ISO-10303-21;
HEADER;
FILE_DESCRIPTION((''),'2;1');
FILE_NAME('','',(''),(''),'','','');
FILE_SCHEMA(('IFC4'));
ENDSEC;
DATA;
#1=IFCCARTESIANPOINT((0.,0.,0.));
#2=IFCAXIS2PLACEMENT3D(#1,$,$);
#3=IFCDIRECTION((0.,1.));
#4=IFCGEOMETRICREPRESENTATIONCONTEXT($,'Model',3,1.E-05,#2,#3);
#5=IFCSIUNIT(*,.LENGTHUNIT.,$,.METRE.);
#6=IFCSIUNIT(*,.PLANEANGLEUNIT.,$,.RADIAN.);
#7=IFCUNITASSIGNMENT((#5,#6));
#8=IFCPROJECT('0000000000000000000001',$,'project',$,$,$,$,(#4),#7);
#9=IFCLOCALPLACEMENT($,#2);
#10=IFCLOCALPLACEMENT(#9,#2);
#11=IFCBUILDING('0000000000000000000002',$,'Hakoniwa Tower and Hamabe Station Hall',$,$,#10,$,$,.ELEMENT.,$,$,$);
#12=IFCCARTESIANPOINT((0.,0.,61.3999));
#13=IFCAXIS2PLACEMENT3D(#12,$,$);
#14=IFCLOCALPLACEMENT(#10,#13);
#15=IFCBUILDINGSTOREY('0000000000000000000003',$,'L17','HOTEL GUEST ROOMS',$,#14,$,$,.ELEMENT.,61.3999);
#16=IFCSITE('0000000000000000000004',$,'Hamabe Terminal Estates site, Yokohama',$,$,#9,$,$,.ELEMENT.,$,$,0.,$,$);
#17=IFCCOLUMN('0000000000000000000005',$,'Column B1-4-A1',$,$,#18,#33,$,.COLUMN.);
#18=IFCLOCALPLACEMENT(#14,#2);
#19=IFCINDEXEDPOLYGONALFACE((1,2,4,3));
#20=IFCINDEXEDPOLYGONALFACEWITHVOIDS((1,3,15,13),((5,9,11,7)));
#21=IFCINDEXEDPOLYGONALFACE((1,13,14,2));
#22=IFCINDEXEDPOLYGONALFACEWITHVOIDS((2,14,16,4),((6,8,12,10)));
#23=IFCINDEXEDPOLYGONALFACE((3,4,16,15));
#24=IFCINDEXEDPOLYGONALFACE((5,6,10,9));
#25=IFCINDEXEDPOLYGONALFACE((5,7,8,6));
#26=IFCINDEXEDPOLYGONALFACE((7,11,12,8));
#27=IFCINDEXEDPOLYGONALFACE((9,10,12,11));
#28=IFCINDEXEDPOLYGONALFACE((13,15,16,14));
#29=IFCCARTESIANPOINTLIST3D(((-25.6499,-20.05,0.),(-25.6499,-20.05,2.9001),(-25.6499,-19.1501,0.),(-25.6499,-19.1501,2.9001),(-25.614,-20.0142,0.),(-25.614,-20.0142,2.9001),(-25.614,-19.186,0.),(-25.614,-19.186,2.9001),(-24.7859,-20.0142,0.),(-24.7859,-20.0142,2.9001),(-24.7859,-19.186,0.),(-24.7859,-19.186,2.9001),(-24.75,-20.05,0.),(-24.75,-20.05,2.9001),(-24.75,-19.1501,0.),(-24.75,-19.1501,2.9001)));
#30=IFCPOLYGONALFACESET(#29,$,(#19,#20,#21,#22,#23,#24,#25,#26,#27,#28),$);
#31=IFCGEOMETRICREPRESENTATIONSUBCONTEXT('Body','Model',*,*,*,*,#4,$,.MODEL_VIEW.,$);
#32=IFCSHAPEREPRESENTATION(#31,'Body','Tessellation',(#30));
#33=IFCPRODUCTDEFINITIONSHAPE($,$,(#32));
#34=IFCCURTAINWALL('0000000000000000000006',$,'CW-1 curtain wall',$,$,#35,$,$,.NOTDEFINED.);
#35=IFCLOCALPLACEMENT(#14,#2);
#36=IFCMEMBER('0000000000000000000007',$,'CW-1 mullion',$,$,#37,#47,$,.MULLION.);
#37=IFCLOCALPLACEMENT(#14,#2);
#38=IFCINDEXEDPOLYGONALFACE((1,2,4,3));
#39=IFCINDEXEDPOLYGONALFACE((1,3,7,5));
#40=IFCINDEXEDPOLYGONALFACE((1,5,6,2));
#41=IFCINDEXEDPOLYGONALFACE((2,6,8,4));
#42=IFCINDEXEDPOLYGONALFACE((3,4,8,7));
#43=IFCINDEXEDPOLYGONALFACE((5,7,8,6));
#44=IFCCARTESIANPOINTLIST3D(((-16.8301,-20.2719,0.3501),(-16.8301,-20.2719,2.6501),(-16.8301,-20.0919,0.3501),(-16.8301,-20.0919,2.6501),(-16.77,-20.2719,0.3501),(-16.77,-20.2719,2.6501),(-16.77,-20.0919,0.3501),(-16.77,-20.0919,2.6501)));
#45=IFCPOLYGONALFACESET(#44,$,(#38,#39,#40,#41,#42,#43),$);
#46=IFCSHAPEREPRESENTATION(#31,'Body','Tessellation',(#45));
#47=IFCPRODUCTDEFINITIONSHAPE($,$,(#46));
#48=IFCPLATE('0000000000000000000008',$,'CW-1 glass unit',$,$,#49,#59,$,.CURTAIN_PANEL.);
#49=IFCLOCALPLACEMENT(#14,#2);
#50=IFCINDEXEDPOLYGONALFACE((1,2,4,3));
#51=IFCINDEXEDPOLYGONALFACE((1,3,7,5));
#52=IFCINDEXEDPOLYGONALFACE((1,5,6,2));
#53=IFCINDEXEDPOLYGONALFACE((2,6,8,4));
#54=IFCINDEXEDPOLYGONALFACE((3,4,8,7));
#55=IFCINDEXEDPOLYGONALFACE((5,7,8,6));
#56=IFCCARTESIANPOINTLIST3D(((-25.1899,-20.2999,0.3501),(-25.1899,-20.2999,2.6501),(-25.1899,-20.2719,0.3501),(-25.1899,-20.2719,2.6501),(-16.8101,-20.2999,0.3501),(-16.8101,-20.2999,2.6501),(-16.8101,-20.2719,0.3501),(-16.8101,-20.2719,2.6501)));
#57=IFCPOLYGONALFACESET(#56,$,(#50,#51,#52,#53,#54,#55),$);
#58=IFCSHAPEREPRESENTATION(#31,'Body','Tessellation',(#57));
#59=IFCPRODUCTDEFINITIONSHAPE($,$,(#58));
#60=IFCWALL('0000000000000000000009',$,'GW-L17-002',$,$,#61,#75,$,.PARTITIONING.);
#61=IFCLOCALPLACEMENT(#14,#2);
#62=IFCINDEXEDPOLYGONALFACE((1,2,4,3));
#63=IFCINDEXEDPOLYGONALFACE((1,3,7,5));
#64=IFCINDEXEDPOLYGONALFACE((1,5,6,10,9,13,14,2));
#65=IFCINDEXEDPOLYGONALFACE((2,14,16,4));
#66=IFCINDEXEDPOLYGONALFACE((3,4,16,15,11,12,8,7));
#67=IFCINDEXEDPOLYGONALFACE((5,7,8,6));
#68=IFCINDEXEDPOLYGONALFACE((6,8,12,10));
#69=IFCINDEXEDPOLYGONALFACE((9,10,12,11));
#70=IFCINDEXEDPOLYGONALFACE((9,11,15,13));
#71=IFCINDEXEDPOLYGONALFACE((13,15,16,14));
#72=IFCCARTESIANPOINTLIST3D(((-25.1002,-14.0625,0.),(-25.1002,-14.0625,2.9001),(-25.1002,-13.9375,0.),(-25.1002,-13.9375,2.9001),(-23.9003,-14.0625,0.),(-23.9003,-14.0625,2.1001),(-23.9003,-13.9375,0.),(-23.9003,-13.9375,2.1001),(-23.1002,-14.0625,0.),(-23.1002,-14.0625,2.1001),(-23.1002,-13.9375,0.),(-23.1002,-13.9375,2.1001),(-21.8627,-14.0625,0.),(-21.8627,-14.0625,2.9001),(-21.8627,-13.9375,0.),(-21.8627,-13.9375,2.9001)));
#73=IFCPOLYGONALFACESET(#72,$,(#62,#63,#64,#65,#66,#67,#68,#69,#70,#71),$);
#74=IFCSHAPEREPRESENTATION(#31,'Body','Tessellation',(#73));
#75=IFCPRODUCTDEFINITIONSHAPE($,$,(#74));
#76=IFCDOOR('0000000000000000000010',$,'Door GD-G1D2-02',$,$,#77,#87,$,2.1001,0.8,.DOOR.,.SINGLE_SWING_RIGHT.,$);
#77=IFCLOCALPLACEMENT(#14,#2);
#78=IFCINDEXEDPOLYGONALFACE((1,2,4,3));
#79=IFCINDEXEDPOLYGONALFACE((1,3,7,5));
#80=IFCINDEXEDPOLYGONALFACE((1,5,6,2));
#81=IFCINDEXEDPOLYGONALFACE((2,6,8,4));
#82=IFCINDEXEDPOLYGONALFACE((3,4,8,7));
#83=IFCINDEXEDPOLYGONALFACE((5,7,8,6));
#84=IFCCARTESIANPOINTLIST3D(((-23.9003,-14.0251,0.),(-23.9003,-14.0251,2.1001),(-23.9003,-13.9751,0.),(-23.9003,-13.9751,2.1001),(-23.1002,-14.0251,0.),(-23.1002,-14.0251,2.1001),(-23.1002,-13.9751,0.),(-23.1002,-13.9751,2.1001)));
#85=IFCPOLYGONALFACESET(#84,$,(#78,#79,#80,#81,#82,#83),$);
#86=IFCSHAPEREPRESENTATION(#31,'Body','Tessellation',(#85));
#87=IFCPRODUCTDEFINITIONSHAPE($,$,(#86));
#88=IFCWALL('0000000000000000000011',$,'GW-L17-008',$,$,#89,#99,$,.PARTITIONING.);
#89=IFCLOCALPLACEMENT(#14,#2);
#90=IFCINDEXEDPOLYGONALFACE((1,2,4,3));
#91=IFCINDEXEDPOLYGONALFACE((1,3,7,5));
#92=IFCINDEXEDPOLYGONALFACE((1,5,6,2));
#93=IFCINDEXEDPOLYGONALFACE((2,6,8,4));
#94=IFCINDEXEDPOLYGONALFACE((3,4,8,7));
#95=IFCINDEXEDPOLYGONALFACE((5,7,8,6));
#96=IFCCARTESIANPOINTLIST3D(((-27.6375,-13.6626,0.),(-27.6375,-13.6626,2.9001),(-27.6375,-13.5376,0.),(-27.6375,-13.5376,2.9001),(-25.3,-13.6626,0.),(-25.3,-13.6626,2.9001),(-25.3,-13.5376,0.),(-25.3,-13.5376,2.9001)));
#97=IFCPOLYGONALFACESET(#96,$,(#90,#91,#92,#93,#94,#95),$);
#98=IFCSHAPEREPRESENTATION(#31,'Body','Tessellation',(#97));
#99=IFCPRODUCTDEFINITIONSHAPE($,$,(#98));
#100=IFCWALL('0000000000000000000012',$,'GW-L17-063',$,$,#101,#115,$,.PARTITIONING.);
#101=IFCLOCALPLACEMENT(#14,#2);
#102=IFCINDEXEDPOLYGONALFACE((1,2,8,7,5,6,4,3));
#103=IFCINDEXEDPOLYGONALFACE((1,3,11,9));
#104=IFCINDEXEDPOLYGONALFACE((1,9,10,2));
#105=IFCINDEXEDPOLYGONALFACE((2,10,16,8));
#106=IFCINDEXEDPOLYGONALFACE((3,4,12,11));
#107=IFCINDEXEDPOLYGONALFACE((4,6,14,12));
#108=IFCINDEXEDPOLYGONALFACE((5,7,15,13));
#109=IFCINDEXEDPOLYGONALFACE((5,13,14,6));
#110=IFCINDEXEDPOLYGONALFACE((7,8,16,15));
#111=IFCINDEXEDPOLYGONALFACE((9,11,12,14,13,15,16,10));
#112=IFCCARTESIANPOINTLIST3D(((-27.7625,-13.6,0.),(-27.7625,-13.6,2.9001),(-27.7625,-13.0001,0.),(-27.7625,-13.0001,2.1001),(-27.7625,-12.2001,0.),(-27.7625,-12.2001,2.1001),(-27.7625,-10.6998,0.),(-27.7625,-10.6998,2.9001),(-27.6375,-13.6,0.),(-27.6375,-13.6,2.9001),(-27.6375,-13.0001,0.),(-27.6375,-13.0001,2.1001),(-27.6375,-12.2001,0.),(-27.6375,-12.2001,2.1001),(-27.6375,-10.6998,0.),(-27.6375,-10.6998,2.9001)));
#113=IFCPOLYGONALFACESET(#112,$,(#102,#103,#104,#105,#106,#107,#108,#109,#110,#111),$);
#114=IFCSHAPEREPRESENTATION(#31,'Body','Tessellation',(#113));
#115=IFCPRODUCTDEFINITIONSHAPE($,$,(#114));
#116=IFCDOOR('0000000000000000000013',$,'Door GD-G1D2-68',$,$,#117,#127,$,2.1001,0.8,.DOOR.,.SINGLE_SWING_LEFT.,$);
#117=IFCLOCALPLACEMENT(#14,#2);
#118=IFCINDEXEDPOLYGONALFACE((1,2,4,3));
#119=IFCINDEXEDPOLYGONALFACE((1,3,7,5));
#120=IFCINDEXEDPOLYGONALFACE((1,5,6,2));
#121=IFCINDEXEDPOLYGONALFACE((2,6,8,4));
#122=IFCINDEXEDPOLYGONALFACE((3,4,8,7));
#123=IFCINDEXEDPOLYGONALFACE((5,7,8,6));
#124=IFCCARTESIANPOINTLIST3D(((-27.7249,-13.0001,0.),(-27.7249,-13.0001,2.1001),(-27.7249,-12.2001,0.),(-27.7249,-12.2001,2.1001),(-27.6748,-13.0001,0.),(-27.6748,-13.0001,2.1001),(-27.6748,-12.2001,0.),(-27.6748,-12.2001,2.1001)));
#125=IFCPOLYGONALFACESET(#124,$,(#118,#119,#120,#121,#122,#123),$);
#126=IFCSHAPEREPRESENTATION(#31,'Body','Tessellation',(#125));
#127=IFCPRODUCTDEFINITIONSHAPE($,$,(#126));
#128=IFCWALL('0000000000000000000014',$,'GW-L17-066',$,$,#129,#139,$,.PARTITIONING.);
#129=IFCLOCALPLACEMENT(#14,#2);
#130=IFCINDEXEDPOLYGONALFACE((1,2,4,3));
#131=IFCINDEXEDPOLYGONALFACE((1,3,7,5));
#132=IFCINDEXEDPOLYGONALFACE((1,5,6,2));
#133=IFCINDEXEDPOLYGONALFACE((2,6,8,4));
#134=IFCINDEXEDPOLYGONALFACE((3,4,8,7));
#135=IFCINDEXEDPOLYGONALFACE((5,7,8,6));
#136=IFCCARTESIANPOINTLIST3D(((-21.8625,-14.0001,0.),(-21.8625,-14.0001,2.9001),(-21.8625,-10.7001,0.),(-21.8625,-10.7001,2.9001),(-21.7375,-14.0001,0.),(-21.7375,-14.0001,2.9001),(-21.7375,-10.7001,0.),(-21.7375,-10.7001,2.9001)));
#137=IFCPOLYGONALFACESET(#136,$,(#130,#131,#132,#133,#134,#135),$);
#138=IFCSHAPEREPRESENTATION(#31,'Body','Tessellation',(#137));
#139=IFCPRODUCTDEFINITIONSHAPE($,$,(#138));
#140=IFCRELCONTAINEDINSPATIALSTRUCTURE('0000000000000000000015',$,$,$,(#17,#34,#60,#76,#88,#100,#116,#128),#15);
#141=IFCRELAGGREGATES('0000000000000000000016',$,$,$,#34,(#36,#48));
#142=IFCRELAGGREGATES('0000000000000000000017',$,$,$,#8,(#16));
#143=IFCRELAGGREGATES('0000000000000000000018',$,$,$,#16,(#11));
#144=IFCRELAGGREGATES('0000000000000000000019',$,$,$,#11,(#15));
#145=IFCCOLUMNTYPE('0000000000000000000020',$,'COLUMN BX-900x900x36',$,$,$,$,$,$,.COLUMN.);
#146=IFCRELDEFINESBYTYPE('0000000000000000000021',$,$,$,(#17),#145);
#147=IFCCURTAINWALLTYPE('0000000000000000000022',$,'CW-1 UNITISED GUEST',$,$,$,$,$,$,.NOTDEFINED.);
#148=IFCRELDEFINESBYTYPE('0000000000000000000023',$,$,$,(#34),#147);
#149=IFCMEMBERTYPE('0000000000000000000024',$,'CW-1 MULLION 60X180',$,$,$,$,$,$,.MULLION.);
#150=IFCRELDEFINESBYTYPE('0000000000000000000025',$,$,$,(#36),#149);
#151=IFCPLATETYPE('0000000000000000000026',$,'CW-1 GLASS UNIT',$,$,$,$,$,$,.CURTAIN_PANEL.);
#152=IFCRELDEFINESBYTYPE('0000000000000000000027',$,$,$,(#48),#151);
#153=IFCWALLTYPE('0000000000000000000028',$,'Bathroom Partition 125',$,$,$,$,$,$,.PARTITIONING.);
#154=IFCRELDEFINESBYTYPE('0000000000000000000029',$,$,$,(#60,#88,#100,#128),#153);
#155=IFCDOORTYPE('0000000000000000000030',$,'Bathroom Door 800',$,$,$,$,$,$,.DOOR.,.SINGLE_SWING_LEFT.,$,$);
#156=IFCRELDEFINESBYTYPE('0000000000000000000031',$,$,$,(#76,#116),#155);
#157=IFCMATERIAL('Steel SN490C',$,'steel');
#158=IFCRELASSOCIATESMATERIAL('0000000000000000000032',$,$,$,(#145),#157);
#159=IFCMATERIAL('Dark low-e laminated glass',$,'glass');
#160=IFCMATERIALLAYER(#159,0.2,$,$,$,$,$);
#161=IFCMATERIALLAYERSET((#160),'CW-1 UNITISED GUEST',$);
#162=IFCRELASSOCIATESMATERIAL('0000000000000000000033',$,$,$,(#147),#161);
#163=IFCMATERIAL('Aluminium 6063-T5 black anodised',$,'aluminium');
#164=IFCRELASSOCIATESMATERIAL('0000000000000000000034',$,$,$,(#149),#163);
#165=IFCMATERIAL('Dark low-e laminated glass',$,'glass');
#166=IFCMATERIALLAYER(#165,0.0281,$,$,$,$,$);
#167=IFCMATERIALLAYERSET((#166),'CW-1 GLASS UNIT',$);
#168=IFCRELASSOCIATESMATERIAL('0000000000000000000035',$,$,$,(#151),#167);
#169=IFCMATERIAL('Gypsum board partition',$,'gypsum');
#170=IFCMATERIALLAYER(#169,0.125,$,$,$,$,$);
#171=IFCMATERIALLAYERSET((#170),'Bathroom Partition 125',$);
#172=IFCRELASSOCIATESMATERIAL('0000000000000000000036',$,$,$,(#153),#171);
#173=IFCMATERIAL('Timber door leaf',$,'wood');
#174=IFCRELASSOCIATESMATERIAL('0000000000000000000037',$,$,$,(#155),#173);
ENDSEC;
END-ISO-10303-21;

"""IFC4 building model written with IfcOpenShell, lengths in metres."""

from ifc_helpers import new_model, si_unit, direction, frame, frame_2d, origin, origin_2d, place, context, subcontext, project, spatial, rectangle, hollow_rectangle, extrude, material, layer, layer_set, material_profile, profile_set, type_object, element, fill, aggregate, save


model = new_model("IFC4")

# Units and contexts
model_context = context("Model", 3, precision=1e-05, world=origin(), true_north=direction((0.0, 1.0)))
body_context = subcontext(model_context, "Body", "Model", "MODEL_VIEW")
ifc_project = project(units=[si_unit("LENGTHUNIT", "METRE"), si_unit("PLANEANGLEUNIT", "RADIAN")], contexts=[model_context])

# Site, building, storey
site_placement = place(None, origin())
site = spatial("IfcSite", under=ifc_project, at=site_placement, Name="Hamabe Terminal Estates site, Yokohama", CompositionType="ELEMENT", RefElevation=0.0)
building_placement = place(site_placement, origin())
building = spatial("IfcBuilding", under=site, at=building_placement, Name="Hakoniwa Tower and Hamabe Station Hall", CompositionType="ELEMENT")
storey_placement = place(building_placement, frame((0.0, 0.0, 61.3999)))
storey = spatial("IfcBuildingStorey", under=building, at=storey_placement, Name="L17", Description="HOTEL GUEST ROOMS", CompositionType="ELEMENT", Elevation=61.3999)

# Column
ifc_material_1 = material(Name="Steel SN490C", Category="steel")
ifc_material_profile_1 = material_profile(ifc_material_1, hollow_rectangle(XDim=0.8999, YDim=0.8999, WallThickness=0.0359, at=origin_2d()), Name="BX-900x900x36")
ifc_profile_set_1 = profile_set([ifc_material_profile_1], Name="Steel SN490C")
column_type = type_object("IfcColumnType", Name="COLUMN BX-900x900x36", PredefinedType="COLUMN", material=ifc_profile_set_1)
column_placement = place(storey_placement, frame((-25.2, -19.6001, 0.0), z_axis=(0.0, 0.0, 1.0), x_axis=(1.0, 0.0, 0.0)))
element("IfcColumn", 1, at=column_placement, inside=storey, type_object=column_type, Name="Column B1-4-A1", PredefinedType="COLUMN", context=body_context, shape_type="SweptSolid", body=[
    extrude(hollow_rectangle(XDim=0.8999, YDim=0.8999, WallThickness=0.0359, at=origin_2d()), origin(), (0.0, 0.0, 1.0), 2.9001),
])

# Curtain wall, member, plate
ifc_material_2 = material(Name="Dark low-e laminated glass", Category="glass")
ifc_layer_1 = layer(ifc_material_2, 0.2)
ifc_layer_set_1 = layer_set([ifc_layer_1], Name="CW-1 UNITISED GUEST")
curtain_wall_type = type_object("IfcCurtainWallType", Name="CW-1 UNITISED GUEST", PredefinedType="NOTDEFINED", material=ifc_layer_set_1)
curtain_wall_placement = place(storey_placement, origin())
curtain_wall = element("IfcCurtainWall", 2, at=curtain_wall_placement, inside=storey, type_object=curtain_wall_type, Name="CW-1 curtain wall", PredefinedType="NOTDEFINED")
ifc_material_3 = material(Name="Aluminium 6063-T5 black anodised", Category="aluminium")
ifc_material_profile_2 = material_profile(ifc_material_3, rectangle(XDim=0.0601, YDim=0.1799, at=origin_2d()), Name="CW-1 MULLION 60X180")
ifc_profile_set_2 = profile_set([ifc_material_profile_2], Name="Aluminium 6063-T5 black anodised")
member_type = type_object("IfcMemberType", Name="CW-1 MULLION 60X180", PredefinedType="MULLION", material=ifc_profile_set_2)
member_placement = place(storey_placement, frame((-16.8, -20.1819, 0.3501), z_axis=(0.0, 0.0, 1.0), x_axis=(1.0, 0.0, 0.0)))
member = element("IfcMember", 3, at=member_placement, type_object=member_type, Name="CW-1 mullion", PredefinedType="MULLION", context=body_context, shape_type="SweptSolid", body=[
    extrude(rectangle(XDim=0.0601, YDim=0.1799, at=origin_2d()), origin(), (0.0, 0.0, 1.0), 2.3),
])
ifc_material_4 = material(Name="Dark low-e laminated glass", Category="glass")
ifc_layer_2 = layer(ifc_material_4, 0.0281)
ifc_layer_set_2 = layer_set([ifc_layer_2], Name="CW-1 GLASS UNIT")
plate_type = type_object("IfcPlateType", Name="CW-1 GLASS UNIT", PredefinedType="CURTAIN_PANEL", material=ifc_layer_set_2)
plate_placement = place(storey_placement, frame((-21.0, -20.2859, 0.3501), z_axis=(0.0, 0.0, 1.0), x_axis=(1.0, 0.0, 0.0)))
plate = element("IfcPlate", 4, at=plate_placement, type_object=plate_type, Name="CW-1 glass unit", PredefinedType="CURTAIN_PANEL", context=body_context, shape_type="SweptSolid", body=[
    extrude(rectangle(XDim=8.3799, YDim=0.0281, at=origin_2d()), origin(), (0.0, 0.0, 1.0), 2.3),
])
aggregate(curtain_wall, [member, plate])

# Wall, opening, door
ifc_material_5 = material(Name="Gypsum board partition", Category="gypsum")
ifc_layer_3 = layer(ifc_material_5, 0.125)
ifc_layer_set_3 = layer_set([ifc_layer_3], Name="Bathroom Partition 125")
wall_type_1 = type_object("IfcWallType", Name="Bathroom Partition 125", PredefinedType="PARTITIONING", material=ifc_layer_set_3)
wall_1_placement = place(storey_placement, frame((-25.1001, -14.0, 0.0), z_axis=(0.0, 0.0, 1.0), x_axis=(1.0, 0.0, 0.0)))
wall_1 = element("IfcWall", 5, at=wall_1_placement, inside=storey, type_object=wall_type_1, Name="GW-L17-002", PredefinedType="PARTITIONING", context=body_context, shape_type="SweptSolid", body=[
    extrude(rectangle(XDim=3.2375, YDim=0.125, at=frame_2d((1.6187, 0.0))), origin(), (0.0, 0.0, 1.0), 2.9001),
])
opening_1_placement = place(wall_1_placement, frame((1.2, 0.0, 0.0)))
opening_1 = element("IfcOpeningElement", 6, at=opening_1_placement, cuts=wall_1, PredefinedType="OPENING", context=body_context, shape_type="SweptSolid", body=[
    extrude(rectangle(XDim=0.8, YDim=2.1001, at=frame_2d((0.3999, 1.05))), frame((0.0, 0.0725, 0.0), z_axis=(0.0, -1.0, 0.0), x_axis=(1.0, 0.0, 0.0)), (0.0, 0.0, 1.0), 0.145),
])
ifc_material_6 = material(Name="Timber door leaf", Category="wood")
door_type_1 = type_object("IfcDoorType", Name="Bathroom Door 800", OperationType="SINGLE_SWING_LEFT", PredefinedType="DOOR", material=ifc_material_6)
door_1_placement = place(opening_1_placement, origin())
door_1 = element("IfcDoor", 7, at=door_1_placement, inside=storey, type_object=door_type_1, Name="Door GD-G1D2-02", OperationType="SINGLE_SWING_RIGHT", OverallHeight=2.1001, OverallWidth=0.8, PredefinedType="DOOR", context=body_context, shape_type="SweptSolid", body=[
    extrude(rectangle(XDim=0.8, YDim=2.1001, at=frame_2d((0.3999, 1.05))), frame((0.0, 0.0249, 0.0), z_axis=(0.0, -1.0, 0.0), x_axis=(1.0, 0.0, 0.0)), (0.0, 0.0, 1.0), 0.05),
])
fill(opening_1, door_1)

# Wall
wall_2_placement = place(storey_placement, frame((-27.6375, -13.6001, 0.0), z_axis=(0.0, 0.0, 1.0), x_axis=(1.0, 0.0, 0.0)))
element("IfcWall", 8, at=wall_2_placement, inside=storey, type_object=wall_type_1, Name="GW-L17-008", PredefinedType="PARTITIONING", context=body_context, shape_type="SweptSolid", body=[
    extrude(rectangle(XDim=2.3374, YDim=0.125, at=frame_2d((1.1687, 0.0))), origin(), (0.0, 0.0, 1.0), 2.9001),
])

# Wall, opening, door
wall_3_placement = place(storey_placement, frame((-27.7, -13.6001, 0.0), z_axis=(0.0, 0.0, 1.0), x_axis=(0.0, 1.0, 0.0)))
wall_3 = element("IfcWall", 9, at=wall_3_placement, inside=storey, type_object=wall_type_1, Name="GW-L17-063", PredefinedType="PARTITIONING", context=body_context, shape_type="SweptSolid", body=[
    extrude(rectangle(XDim=2.9001, YDim=0.125, at=frame_2d((1.4502, 0.0))), origin(), (0.0, 0.0, 1.0), 2.9001),
])
opening_2_placement = place(wall_3_placement, frame((0.6001, 0.0, 0.0)))
opening_2 = element("IfcOpeningElement", 10, at=opening_2_placement, cuts=wall_3, PredefinedType="OPENING", context=body_context, shape_type="SweptSolid", body=[
    extrude(rectangle(XDim=0.8, YDim=2.1001, at=frame_2d((0.3999, 1.05))), frame((0.0, 0.0725, 0.0), z_axis=(0.0, -1.0, 0.0), x_axis=(1.0, 0.0, 0.0)), (0.0, 0.0, 1.0), 0.145),
])
door_2_placement = place(opening_2_placement, origin())
door_2 = element("IfcDoor", 11, at=door_2_placement, inside=storey, type_object=door_type_1, Name="Door GD-G1D2-68", OperationType="SINGLE_SWING_LEFT", OverallHeight=2.1001, OverallWidth=0.8, PredefinedType="DOOR", context=body_context, shape_type="SweptSolid", body=[
    extrude(rectangle(XDim=0.8, YDim=2.1001, at=frame_2d((0.3999, 1.05))), frame((0.0, 0.0249, 0.0), z_axis=(0.0, -1.0, 0.0), x_axis=(1.0, 0.0, 0.0)), (0.0, 0.0, 1.0), 0.05),
])
fill(opening_2, door_2)

# Wall
wall_4_placement = place(storey_placement, frame((-21.8, -14.0, 0.0), z_axis=(0.0, 0.0, 1.0), x_axis=(0.0, 1.0, 0.0)))
element("IfcWall", 12, at=wall_4_placement, inside=storey, type_object=wall_type_1, Name="GW-L17-066", PredefinedType="PARTITIONING", context=body_context, shape_type="SweptSolid", body=[
    extrude(rectangle(XDim=3.3, YDim=0.125, at=frame_2d((1.6499, 0.0))), origin(), (0.0, 0.0, 1.0), 2.9001),
])

save(model, "model.ifc")
